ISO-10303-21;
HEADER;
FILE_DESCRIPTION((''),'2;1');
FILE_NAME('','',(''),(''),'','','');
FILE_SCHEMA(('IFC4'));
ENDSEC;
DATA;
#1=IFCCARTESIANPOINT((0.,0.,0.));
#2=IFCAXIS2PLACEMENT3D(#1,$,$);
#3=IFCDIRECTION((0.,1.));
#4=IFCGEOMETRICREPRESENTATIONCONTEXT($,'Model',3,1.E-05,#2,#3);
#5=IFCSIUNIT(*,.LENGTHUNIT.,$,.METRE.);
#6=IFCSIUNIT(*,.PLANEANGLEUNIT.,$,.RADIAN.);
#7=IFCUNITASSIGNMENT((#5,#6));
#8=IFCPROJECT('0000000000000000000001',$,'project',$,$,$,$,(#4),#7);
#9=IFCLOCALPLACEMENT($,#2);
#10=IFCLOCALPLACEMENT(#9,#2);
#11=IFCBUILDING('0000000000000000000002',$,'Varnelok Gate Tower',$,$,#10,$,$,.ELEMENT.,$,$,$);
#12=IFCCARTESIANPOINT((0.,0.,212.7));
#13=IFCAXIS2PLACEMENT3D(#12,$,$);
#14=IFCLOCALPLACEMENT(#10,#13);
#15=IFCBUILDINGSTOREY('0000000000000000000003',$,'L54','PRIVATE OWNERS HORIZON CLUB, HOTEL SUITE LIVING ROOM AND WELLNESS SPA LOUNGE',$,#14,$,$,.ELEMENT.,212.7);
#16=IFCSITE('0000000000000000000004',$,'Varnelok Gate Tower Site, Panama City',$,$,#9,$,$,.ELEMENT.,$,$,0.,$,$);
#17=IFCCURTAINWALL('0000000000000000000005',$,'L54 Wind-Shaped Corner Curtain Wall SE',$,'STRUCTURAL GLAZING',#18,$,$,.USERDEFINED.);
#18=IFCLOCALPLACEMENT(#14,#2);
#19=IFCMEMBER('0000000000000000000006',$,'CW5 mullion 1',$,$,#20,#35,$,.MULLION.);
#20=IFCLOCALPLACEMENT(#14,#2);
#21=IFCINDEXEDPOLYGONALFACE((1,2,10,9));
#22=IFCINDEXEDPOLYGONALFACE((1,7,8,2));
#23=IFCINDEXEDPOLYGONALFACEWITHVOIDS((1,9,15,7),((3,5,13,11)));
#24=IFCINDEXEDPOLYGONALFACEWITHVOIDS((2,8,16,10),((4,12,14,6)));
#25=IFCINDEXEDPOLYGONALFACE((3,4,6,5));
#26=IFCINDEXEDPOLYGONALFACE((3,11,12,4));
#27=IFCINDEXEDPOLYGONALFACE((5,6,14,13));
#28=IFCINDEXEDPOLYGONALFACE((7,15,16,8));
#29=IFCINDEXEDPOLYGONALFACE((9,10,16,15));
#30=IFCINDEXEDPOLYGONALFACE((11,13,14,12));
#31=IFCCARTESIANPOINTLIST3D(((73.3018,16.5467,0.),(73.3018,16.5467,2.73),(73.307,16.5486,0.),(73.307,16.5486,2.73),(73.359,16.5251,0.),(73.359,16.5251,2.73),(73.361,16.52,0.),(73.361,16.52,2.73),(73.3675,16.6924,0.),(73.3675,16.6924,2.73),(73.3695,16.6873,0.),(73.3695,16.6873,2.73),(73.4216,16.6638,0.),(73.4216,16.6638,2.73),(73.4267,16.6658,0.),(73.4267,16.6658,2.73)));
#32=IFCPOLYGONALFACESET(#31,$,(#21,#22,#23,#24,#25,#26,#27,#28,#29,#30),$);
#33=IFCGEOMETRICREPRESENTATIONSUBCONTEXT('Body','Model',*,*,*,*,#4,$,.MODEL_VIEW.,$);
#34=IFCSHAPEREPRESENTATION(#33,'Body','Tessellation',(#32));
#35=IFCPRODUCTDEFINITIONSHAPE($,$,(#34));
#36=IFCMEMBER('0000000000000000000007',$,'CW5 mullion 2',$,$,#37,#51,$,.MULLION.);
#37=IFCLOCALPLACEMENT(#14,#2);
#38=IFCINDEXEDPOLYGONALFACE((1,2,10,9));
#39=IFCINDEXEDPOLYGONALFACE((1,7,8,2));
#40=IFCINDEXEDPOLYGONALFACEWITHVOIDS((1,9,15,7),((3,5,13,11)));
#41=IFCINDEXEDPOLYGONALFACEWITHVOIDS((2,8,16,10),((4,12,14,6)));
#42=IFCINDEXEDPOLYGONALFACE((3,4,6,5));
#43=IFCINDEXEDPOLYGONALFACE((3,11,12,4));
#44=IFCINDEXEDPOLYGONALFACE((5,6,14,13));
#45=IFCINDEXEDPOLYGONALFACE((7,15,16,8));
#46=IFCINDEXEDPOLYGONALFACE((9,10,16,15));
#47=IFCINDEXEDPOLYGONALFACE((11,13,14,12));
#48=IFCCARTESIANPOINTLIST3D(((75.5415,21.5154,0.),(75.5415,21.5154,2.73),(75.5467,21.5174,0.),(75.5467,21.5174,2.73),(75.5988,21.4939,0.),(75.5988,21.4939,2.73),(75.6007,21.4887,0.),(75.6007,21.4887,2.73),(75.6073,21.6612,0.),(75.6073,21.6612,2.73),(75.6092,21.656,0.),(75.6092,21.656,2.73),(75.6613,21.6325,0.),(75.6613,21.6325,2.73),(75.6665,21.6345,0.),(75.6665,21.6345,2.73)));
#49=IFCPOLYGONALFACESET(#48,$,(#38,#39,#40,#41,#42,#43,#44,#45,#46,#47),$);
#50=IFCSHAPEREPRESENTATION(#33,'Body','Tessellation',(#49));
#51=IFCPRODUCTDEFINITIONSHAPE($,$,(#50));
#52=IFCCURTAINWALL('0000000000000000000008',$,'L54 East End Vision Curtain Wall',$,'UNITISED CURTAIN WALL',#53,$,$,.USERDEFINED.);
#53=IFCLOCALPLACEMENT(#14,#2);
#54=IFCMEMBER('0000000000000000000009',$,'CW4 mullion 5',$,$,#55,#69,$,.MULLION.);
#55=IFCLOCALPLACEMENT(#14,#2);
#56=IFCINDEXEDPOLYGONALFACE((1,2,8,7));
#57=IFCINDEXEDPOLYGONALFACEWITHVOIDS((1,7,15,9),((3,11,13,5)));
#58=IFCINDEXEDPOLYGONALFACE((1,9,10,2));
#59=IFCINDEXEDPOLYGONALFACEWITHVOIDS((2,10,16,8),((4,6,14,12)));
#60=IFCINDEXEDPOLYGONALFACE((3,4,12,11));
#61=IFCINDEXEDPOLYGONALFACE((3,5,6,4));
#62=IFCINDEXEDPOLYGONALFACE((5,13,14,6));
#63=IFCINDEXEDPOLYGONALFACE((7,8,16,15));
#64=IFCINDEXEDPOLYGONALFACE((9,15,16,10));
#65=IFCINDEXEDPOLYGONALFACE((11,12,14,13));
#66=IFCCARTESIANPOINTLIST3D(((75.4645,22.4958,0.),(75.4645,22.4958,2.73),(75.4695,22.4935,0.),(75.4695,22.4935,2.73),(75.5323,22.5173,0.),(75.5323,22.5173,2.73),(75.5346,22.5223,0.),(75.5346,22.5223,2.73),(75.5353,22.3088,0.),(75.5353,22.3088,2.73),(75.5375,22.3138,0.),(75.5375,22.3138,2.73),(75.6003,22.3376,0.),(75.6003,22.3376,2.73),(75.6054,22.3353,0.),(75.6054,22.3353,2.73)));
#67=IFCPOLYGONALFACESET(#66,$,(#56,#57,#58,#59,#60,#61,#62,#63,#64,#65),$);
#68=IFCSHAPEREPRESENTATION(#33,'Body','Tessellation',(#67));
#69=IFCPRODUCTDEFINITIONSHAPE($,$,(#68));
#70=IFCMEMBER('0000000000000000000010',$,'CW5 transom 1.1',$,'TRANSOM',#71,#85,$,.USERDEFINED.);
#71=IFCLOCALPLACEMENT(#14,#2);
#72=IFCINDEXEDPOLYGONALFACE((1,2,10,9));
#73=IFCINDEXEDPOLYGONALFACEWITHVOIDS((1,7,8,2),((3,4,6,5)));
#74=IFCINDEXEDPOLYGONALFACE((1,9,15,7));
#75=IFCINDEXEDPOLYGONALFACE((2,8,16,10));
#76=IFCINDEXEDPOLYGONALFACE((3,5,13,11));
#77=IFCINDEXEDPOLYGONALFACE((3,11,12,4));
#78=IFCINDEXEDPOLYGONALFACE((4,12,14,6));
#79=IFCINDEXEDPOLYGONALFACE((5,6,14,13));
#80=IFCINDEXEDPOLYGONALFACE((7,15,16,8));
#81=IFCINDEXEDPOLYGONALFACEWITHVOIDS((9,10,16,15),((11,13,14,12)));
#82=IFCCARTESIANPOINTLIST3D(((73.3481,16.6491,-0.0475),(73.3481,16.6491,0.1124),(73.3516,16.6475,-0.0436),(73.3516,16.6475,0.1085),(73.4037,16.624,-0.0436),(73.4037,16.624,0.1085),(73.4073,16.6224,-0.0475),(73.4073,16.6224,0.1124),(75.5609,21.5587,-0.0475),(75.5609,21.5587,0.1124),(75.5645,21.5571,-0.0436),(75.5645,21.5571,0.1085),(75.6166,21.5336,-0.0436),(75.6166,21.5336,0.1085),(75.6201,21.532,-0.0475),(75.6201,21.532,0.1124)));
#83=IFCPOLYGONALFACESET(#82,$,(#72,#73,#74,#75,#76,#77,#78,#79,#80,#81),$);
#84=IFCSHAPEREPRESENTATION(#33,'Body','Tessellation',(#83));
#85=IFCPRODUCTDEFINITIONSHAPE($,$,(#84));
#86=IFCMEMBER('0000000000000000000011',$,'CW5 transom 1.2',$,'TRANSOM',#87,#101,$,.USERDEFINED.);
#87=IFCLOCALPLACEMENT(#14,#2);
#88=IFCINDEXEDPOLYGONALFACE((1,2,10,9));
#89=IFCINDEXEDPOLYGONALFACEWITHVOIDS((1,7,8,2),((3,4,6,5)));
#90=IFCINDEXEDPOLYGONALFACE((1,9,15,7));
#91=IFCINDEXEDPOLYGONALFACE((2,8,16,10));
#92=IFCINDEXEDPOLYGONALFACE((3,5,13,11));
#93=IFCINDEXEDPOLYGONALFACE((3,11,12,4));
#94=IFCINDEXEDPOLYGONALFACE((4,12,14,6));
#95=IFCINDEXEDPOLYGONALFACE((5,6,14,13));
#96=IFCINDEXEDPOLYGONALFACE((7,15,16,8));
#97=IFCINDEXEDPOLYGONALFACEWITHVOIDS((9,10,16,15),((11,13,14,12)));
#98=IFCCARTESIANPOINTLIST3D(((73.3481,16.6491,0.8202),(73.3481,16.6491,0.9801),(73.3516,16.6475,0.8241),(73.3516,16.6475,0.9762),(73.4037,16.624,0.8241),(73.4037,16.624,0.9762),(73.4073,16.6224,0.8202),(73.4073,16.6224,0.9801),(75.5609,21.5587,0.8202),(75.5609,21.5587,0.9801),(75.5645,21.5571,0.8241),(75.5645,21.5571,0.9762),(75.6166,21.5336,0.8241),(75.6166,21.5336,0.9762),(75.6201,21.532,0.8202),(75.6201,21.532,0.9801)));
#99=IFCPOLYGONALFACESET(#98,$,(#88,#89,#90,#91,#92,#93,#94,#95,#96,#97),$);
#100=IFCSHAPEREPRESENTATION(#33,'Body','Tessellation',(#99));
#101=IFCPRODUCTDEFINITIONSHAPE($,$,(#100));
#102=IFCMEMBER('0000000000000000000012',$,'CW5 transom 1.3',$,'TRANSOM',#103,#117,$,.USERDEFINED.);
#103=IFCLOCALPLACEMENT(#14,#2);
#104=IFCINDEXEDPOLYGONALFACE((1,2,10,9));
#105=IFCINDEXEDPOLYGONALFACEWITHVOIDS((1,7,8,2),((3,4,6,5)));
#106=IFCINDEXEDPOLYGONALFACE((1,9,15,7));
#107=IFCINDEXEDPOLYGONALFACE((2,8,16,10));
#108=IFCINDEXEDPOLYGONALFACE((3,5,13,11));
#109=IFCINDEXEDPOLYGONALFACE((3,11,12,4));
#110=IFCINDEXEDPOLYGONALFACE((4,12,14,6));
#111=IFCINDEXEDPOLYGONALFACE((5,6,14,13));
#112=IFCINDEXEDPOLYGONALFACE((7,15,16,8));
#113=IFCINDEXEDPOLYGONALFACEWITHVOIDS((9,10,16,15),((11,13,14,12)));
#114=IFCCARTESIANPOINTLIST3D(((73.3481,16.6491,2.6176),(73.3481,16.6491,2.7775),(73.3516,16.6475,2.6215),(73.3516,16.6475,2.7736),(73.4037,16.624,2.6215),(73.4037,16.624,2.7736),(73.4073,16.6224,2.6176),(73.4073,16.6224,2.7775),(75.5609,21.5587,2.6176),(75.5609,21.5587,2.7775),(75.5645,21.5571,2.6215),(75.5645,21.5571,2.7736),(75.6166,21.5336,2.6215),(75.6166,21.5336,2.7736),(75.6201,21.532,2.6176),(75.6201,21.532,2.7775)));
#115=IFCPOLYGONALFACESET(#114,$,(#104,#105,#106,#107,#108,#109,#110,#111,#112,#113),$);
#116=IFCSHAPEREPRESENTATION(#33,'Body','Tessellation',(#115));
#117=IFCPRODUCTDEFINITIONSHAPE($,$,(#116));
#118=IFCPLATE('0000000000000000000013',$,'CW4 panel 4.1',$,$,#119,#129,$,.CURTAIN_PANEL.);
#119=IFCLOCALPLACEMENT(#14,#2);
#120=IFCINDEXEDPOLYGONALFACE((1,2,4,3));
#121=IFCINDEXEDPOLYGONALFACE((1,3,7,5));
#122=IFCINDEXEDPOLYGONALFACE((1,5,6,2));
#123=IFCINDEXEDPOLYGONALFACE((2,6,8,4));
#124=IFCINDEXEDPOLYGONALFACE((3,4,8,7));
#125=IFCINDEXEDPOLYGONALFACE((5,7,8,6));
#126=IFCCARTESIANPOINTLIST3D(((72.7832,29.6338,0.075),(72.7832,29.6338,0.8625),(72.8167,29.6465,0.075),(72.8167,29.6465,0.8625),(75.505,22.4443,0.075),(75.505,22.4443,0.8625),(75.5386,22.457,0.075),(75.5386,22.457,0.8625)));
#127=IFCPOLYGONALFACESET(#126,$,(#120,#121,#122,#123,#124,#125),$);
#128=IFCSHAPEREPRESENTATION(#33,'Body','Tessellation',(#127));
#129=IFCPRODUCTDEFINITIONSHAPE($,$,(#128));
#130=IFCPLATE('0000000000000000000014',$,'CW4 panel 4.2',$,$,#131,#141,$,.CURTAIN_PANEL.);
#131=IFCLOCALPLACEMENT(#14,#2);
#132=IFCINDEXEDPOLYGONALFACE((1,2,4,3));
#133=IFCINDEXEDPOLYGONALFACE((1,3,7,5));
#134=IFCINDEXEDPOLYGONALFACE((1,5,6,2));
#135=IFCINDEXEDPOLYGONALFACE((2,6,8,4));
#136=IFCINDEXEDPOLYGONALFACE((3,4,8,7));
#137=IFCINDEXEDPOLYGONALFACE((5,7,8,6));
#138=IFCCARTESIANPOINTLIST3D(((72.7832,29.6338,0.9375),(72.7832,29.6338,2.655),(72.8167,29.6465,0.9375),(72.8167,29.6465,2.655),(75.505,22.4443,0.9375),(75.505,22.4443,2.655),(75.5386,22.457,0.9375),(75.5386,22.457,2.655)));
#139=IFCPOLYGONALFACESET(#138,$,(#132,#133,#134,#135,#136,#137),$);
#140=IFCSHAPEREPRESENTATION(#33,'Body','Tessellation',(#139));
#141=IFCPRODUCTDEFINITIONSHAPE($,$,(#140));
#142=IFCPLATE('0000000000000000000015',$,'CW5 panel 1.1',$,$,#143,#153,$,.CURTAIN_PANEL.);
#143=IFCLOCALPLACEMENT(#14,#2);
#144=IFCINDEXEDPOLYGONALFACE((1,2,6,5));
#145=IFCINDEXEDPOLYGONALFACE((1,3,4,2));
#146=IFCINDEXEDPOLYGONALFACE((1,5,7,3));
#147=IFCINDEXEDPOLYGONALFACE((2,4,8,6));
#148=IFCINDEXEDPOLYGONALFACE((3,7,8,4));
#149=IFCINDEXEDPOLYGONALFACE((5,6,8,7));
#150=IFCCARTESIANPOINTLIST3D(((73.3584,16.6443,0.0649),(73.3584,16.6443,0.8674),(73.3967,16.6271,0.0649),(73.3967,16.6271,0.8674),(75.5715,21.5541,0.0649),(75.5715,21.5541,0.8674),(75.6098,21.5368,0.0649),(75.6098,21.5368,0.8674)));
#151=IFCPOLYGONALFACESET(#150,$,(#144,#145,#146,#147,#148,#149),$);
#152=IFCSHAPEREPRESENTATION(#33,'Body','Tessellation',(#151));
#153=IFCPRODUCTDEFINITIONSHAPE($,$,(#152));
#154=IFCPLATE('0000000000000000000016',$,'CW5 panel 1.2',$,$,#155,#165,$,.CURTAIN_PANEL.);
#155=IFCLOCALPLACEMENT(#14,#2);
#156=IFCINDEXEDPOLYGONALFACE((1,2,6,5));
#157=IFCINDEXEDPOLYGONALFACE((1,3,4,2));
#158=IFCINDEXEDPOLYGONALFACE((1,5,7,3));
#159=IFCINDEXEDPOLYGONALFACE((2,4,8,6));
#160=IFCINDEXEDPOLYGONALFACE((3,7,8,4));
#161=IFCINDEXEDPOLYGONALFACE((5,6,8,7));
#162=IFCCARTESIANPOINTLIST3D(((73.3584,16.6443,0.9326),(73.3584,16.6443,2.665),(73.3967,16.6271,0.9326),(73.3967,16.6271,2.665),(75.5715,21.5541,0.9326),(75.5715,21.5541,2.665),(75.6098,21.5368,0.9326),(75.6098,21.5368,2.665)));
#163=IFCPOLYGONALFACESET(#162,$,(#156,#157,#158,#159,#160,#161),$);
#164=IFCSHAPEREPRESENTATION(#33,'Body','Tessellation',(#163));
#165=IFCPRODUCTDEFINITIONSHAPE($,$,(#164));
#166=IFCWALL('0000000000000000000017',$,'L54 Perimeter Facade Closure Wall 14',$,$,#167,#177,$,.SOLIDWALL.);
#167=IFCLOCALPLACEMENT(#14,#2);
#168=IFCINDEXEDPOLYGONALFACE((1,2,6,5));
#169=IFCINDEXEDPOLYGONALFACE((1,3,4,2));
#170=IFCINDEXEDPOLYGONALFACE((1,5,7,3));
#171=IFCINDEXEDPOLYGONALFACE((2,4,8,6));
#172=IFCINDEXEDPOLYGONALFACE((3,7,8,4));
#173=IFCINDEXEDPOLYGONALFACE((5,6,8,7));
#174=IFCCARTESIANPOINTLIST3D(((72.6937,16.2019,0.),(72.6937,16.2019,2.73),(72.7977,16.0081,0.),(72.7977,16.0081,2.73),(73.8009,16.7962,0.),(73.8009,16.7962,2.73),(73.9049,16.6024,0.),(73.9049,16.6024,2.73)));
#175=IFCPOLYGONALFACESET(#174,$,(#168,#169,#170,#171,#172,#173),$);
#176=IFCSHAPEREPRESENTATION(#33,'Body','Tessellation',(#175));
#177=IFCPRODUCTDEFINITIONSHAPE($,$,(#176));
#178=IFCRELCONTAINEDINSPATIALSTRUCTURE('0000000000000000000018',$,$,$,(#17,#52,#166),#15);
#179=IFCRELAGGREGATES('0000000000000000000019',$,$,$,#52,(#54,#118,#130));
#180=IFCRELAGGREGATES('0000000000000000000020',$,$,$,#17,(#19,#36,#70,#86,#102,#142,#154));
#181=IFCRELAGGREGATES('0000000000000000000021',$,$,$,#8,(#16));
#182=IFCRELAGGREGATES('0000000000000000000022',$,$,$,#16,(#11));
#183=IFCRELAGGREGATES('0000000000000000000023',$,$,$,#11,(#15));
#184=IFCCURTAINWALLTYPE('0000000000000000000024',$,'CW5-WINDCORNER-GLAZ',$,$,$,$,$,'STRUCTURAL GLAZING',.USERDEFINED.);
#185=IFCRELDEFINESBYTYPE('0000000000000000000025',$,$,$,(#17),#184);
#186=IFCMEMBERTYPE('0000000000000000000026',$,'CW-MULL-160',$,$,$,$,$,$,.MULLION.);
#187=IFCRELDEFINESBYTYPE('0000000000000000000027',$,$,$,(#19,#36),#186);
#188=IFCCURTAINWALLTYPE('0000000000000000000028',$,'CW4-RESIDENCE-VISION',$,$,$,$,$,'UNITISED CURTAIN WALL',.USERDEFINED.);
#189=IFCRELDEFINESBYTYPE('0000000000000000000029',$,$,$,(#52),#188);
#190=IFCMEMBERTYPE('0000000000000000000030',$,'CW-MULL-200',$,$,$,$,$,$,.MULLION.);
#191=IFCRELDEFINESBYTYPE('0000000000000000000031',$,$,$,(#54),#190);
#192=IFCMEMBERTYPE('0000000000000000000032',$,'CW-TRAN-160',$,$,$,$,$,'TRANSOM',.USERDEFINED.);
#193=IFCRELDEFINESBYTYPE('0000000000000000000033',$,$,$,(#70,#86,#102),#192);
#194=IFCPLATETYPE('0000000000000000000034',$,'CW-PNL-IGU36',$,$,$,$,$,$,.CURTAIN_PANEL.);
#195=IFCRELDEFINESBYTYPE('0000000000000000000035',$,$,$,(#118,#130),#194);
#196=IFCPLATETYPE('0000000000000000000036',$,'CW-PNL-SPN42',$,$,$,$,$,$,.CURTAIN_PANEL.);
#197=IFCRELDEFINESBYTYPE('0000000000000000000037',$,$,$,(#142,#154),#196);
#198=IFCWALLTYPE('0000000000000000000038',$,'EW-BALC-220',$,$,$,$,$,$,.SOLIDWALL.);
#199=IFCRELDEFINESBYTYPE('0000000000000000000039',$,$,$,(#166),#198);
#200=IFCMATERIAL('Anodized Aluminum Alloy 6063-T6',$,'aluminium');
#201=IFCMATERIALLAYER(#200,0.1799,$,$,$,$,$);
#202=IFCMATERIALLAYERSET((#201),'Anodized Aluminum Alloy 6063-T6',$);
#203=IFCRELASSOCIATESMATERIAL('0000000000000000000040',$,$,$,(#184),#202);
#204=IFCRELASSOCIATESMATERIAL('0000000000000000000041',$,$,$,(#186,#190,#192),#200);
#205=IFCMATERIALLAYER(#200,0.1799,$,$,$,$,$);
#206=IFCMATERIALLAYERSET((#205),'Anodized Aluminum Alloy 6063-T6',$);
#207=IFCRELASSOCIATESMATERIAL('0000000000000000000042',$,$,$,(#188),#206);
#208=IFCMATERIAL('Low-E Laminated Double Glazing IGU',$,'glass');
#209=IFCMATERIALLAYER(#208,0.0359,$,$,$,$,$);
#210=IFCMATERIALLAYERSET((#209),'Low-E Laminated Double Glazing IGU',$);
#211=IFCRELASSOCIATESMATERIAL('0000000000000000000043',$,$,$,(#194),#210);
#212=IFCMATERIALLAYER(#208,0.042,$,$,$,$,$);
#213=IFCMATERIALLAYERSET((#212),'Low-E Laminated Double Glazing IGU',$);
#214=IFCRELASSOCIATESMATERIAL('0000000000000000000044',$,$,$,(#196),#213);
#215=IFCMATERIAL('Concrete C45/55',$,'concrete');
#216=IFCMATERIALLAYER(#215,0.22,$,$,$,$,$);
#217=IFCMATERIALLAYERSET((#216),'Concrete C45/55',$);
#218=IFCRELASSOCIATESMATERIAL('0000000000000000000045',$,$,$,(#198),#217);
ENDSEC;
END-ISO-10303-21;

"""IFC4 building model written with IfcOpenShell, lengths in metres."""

from ifc_helpers import new_model, si_unit, direction, frame, frame_2d, origin, origin_2d, place, context, subcontext, project, spatial, rectangle, hollow_rectangle, extrude, source, transform, mapped, material, layer, layer_set, material_profile, profile_set, type_object, element, aggregate, save


model = new_model("IFC4")

# Units and contexts
model_context = context("Model", 3, precision=1e-05, world=origin(), true_north=direction((0.0, 1.0)))
body_context = subcontext(model_context, "Body", "Model", "MODEL_VIEW")
ifc_project = project(units=[si_unit("LENGTHUNIT", "METRE"), si_unit("PLANEANGLEUNIT", "RADIAN")], contexts=[model_context])

# Site, building, storey
site_placement = place(None, origin())
site = spatial("IfcSite", under=ifc_project, at=site_placement, Name="Varnelok Gate Tower Site, Panama City", CompositionType="ELEMENT", RefElevation=0.0)
building_placement = place(site_placement, origin())
building = spatial("IfcBuilding", under=site, at=building_placement, Name="Varnelok Gate Tower", CompositionType="ELEMENT")
storey_placement = place(building_placement, frame((0.0, 0.0, 212.7)))
storey = spatial("IfcBuildingStorey", under=building, at=storey_placement, Name="L54", Description="PRIVATE OWNERS HORIZON CLUB, HOTEL SUITE LIVING ROOM AND WELLNESS SPA LOUNGE", CompositionType="ELEMENT", Elevation=212.7)

# Curtain wall, members
ifc_material_1 = material(Name="Anodized Aluminum Alloy 6063-T6", Category="aluminium")
ifc_layer_1 = layer(ifc_material_1, 0.1799)
ifc_layer_set_1 = layer_set([ifc_layer_1], Name="Anodized Aluminum Alloy 6063-T6")
curtain_wall_type_1 = type_object("IfcCurtainWallType", Name="CW5-WINDCORNER-GLAZ", ElementType="STRUCTURAL GLAZING", PredefinedType="USERDEFINED", material=ifc_layer_set_1)
curtain_wall_1_placement = place(storey_placement, origin())
curtain_wall_1 = element("IfcCurtainWall", 1, at=curtain_wall_1_placement, inside=storey, type_object=curtain_wall_type_1, Name="L54 Wind-Shaped Corner Curtain Wall SE", ObjectType="STRUCTURAL GLAZING", PredefinedType="USERDEFINED")
ifc_material_profile_1 = material_profile(ifc_material_1, hollow_rectangle(XDim=0.0649, YDim=0.1599, WallThickness=0.0039, at=origin_2d()), Name="ALU160X65X4")
ifc_profile_set_1 = profile_set([ifc_material_profile_1], Name="Anodized Aluminum Alloy 6063-T6")
member_type_1 = type_object("IfcMemberType", Name="CW-MULL-160", PredefinedType="MULLION", material=ifc_profile_set_1)
member_1_placement = place(storey_placement, frame((73.3643, 16.6062, 0.0), z_axis=(0.0, 0.0, 1.0), x_axis=(-0.911663, 0.410939, 0.0)))
member_1 = element("IfcMember", 2, at=member_1_placement, type_object=member_type_1, Name="CW5 mullion 1", PredefinedType="MULLION", context=body_context, shape_type="SweptSolid", body=[
    extrude(hollow_rectangle(XDim=0.0649, YDim=0.1599, WallThickness=0.0039, at=origin_2d()), origin(), (0.0, 0.0, 1.0), 2.73),
])
member_2_placement = place(storey_placement, frame((75.604, 21.575, 0.0), z_axis=(0.0, 0.0, 1.0), x_axis=(-0.911663, 0.410939, 0.0)))
member_2 = element("IfcMember", 3, at=member_2_placement, type_object=member_type_1, Name="CW5 mullion 2", PredefinedType="MULLION", context=body_context, shape_type="SweptSolid", body=[
    extrude(hollow_rectangle(XDim=0.0649, YDim=0.1599, WallThickness=0.0039, at=origin_2d()), origin(), (0.0, 0.0, 1.0), 2.73),
])

# Curtain wall, member
ifc_layer_2 = layer(ifc_material_1, 0.1799)
ifc_layer_set_2 = layer_set([ifc_layer_2], Name="Anodized Aluminum Alloy 6063-T6")
curtain_wall_type_2 = type_object("IfcCurtainWallType", Name="CW4-RESIDENCE-VISION", ElementType="UNITISED CURTAIN WALL", PredefinedType="USERDEFINED", material=ifc_layer_set_2)
curtain_wall_2_placement = place(storey_placement, origin())
curtain_wall_2 = element("IfcCurtainWall", 4, at=curtain_wall_2_placement, inside=storey, type_object=curtain_wall_type_2, Name="L54 East End Vision Curtain Wall", ObjectType="UNITISED CURTAIN WALL", PredefinedType="USERDEFINED")
ifc_material_profile_2 = material_profile(ifc_material_1, hollow_rectangle(XDim=0.075, YDim=0.2, WallThickness=0.0039, at=origin_2d()), Name="ALU200X75X4")
ifc_profile_set_2 = profile_set([ifc_material_profile_2], Name="Anodized Aluminum Alloy 6063-T6")
member_type_2 = type_object("IfcMemberType", Name="CW-MULL-200", PredefinedType="MULLION", material=ifc_profile_set_2)
member_3_placement = place(storey_placement, frame((75.5349, 22.4155, 0.0), z_axis=(0.0, 0.0, 1.0), x_axis=(0.935222, 0.354063, 0.0)))
member_3 = element("IfcMember", 5, at=member_3_placement, type_object=member_type_2, Name="CW4 mullion 5", PredefinedType="MULLION", context=body_context, shape_type="SweptSolid", body=[
    extrude(hollow_rectangle(XDim=0.075, YDim=0.2, WallThickness=0.0039, at=origin_2d()), origin(), (0.0, 0.0, 1.0), 2.73),
])

# Members
ifc_material_profile_3 = material_profile(ifc_material_1, hollow_rectangle(XDim=0.0649, YDim=0.1599, WallThickness=0.0039, at=origin_2d()), Name="ALU160X65X4")
ifc_profile_set_3 = profile_set([ifc_material_profile_3], Name="Anodized Aluminum Alloy 6063-T6")
member_type_3 = type_object("IfcMemberType", Name="CW-TRAN-160", ElementType="TRANSOM", PredefinedType="USERDEFINED", material=ifc_profile_set_3)
member_4_placement = place(storey_placement, frame((73.3777, 16.6357, 0.0325), z_axis=(0.410911, 0.911675, 0.0), x_axis=(-0.911675, 0.410911, 0.0)))
member_4 = element("IfcMember", 6, at=member_4_placement, type_object=member_type_3, Name="CW5 transom 1.1", ObjectType="TRANSOM", PredefinedType="USERDEFINED", context=body_context, shape_type="SweptSolid", body=[
    extrude(hollow_rectangle(XDim=0.0649, YDim=0.1599, WallThickness=0.0039, at=origin_2d()), origin(), (0.0, 0.0, 1.0), 5.3853),
])
member_5_placement = place(storey_placement, frame((73.3777, 16.6357, 0.9001), z_axis=(0.410911, 0.911675, 0.0), x_axis=(-0.911675, 0.410911, 0.0)))
member_5 = element("IfcMember", 7, at=member_5_placement, type_object=member_type_3, Name="CW5 transom 1.2", ObjectType="TRANSOM", PredefinedType="USERDEFINED", context=body_context, shape_type="SweptSolid", body=[
    extrude(hollow_rectangle(XDim=0.0649, YDim=0.1599, WallThickness=0.0039, at=origin_2d()), origin(), (0.0, 0.0, 1.0), 5.3853),
])
member_6_placement = place(storey_placement, frame((73.3777, 16.6357, 2.6975), z_axis=(0.410911, 0.911675, 0.0), x_axis=(-0.911675, 0.410911, 0.0)))
member_6 = element("IfcMember", 8, at=member_6_placement, type_object=member_type_3, Name="CW5 transom 1.3", ObjectType="TRANSOM", PredefinedType="USERDEFINED", context=body_context, shape_type="SweptSolid", body=[
    extrude(hollow_rectangle(XDim=0.0649, YDim=0.1599, WallThickness=0.0039, at=origin_2d()), origin(), (0.0, 0.0, 1.0), 5.3853),
])

# Plates
ifc_material_2 = material(Name="Low-E Laminated Double Glazing IGU", Category="glass")
ifc_layer_3 = layer(ifc_material_2, 0.0359)
ifc_layer_set_3 = layer_set([ifc_layer_3], Name="Low-E Laminated Double Glazing IGU")
plate_type_1 = type_object("IfcPlateType", Name="CW-PNL-IGU36", PredefinedType="CURTAIN_PANEL", material=ifc_layer_set_3)
shared_shape_1 = source(origin(), body_context, "Body", "SweptSolid", [
    extrude(rectangle(XDim=7.6875, YDim=0.0359, at=origin_2d()), origin(), (0.0, 0.0, 1.0), 0.7876),
])
plate_1_placement = place(storey_placement, frame((74.1609, 26.0454, 0.075), z_axis=(0.0, 0.0, 1.0), x_axis=(0.354063, -0.935222, 0.0)))
plate_1 = element("IfcPlate", 9, at=plate_1_placement, type_object=plate_type_1, Name="CW4 panel 4.1", PredefinedType="CURTAIN_PANEL", context=body_context, shape_type="MappedRepresentation", body=[
    mapped(shared_shape_1, transform((0.0, 0.0, 0.0), scale=1.0)),
])
shared_shape_2 = source(origin(), body_context, "Body", "SweptSolid", [
    extrude(rectangle(XDim=7.6875, YDim=0.0359, at=origin_2d()), origin(), (0.0, 0.0, 1.0), 1.7175),
])
plate_2_placement = place(storey_placement, frame((74.1609, 26.0454, 0.9375), z_axis=(0.0, 0.0, 1.0), x_axis=(0.354063, -0.935222, 0.0)))
plate_2 = element("IfcPlate", 10, at=plate_2_placement, type_object=plate_type_1, Name="CW4 panel 4.2", PredefinedType="CURTAIN_PANEL", context=body_context, shape_type="MappedRepresentation", body=[
    mapped(shared_shape_2, transform((0.0, 0.0, 0.0), scale=1.0)),
])
aggregate(curtain_wall_2, [member_3, plate_1, plate_2])
ifc_layer_4 = layer(ifc_material_2, 0.042)
ifc_layer_set_4 = layer_set([ifc_layer_4], Name="Low-E Laminated Double Glazing IGU")
plate_type_2 = type_object("IfcPlateType", Name="CW-PNL-SPN42", PredefinedType="CURTAIN_PANEL", material=ifc_layer_set_4)
shared_shape_3 = source(origin(), body_context, "Body", "SweptSolid", [
    extrude(rectangle(XDim=5.3855, YDim=0.042, at=origin_2d()), origin(), (0.0, 0.0, 1.0), 0.8025),
])
plate_3_placement = place(storey_placement, frame((74.4841, 19.0906, 0.0649), z_axis=(0.0, 0.0, 1.0), x_axis=(0.410939, 0.911663, 0.0)))
plate_3 = element("IfcPlate", 11, at=plate_3_placement, type_object=plate_type_2, Name="CW5 panel 1.1", PredefinedType="CURTAIN_PANEL", context=body_context, shape_type="MappedRepresentation", body=[
    mapped(shared_shape_3, transform((0.0, 0.0, 0.0), scale=1.0)),
])
shared_shape_4 = source(origin(), body_context, "Body", "SweptSolid", [
    extrude(rectangle(XDim=5.3855, YDim=0.042, at=origin_2d()), origin(), (0.0, 0.0, 1.0), 1.7324),
])
plate_4_placement = place(storey_placement, frame((74.4841, 19.0906, 0.9326), z_axis=(0.0, 0.0, 1.0), x_axis=(0.410939, 0.911663, 0.0)))
plate_4 = element("IfcPlate", 12, at=plate_4_placement, type_object=plate_type_2, Name="CW5 panel 1.2", PredefinedType="CURTAIN_PANEL", context=body_context, shape_type="MappedRepresentation", body=[
    mapped(shared_shape_4, transform((0.0, 0.0, 0.0), scale=1.0)),
])
aggregate(curtain_wall_1, [member_1, member_2, member_4, member_5, member_6, plate_3, plate_4])

# Wall
ifc_material_3 = material(Name="Concrete C45/55", Category="concrete")
ifc_layer_5 = layer(ifc_material_3, 0.22)
ifc_layer_set_5 = layer_set([ifc_layer_5], Name="Concrete C45/55")
wall_type = type_object("IfcWallType", Name="EW-BALC-220", PredefinedType="SOLIDWALL", material=ifc_layer_set_5)
wall_1_placement = place(storey_placement, frame((72.7456, 16.105, 0.0), z_axis=(0.0, 0.0, 1.0), x_axis=(0.881113, 0.472906, 0.0)))
element("IfcWall", 13, at=wall_1_placement, inside=storey, type_object=wall_type, Name="L54 Perimeter Facade Closure Wall 14", PredefinedType="SOLIDWALL", context=body_context, shape_type="SweptSolid", body=[
    extrude(rectangle(XDim=1.2566, YDim=0.22, at=frame_2d((0.6284, 0.0))), origin(), (0.0, 0.0, 1.0), 2.73),
])

save(model, "model.ifc")
